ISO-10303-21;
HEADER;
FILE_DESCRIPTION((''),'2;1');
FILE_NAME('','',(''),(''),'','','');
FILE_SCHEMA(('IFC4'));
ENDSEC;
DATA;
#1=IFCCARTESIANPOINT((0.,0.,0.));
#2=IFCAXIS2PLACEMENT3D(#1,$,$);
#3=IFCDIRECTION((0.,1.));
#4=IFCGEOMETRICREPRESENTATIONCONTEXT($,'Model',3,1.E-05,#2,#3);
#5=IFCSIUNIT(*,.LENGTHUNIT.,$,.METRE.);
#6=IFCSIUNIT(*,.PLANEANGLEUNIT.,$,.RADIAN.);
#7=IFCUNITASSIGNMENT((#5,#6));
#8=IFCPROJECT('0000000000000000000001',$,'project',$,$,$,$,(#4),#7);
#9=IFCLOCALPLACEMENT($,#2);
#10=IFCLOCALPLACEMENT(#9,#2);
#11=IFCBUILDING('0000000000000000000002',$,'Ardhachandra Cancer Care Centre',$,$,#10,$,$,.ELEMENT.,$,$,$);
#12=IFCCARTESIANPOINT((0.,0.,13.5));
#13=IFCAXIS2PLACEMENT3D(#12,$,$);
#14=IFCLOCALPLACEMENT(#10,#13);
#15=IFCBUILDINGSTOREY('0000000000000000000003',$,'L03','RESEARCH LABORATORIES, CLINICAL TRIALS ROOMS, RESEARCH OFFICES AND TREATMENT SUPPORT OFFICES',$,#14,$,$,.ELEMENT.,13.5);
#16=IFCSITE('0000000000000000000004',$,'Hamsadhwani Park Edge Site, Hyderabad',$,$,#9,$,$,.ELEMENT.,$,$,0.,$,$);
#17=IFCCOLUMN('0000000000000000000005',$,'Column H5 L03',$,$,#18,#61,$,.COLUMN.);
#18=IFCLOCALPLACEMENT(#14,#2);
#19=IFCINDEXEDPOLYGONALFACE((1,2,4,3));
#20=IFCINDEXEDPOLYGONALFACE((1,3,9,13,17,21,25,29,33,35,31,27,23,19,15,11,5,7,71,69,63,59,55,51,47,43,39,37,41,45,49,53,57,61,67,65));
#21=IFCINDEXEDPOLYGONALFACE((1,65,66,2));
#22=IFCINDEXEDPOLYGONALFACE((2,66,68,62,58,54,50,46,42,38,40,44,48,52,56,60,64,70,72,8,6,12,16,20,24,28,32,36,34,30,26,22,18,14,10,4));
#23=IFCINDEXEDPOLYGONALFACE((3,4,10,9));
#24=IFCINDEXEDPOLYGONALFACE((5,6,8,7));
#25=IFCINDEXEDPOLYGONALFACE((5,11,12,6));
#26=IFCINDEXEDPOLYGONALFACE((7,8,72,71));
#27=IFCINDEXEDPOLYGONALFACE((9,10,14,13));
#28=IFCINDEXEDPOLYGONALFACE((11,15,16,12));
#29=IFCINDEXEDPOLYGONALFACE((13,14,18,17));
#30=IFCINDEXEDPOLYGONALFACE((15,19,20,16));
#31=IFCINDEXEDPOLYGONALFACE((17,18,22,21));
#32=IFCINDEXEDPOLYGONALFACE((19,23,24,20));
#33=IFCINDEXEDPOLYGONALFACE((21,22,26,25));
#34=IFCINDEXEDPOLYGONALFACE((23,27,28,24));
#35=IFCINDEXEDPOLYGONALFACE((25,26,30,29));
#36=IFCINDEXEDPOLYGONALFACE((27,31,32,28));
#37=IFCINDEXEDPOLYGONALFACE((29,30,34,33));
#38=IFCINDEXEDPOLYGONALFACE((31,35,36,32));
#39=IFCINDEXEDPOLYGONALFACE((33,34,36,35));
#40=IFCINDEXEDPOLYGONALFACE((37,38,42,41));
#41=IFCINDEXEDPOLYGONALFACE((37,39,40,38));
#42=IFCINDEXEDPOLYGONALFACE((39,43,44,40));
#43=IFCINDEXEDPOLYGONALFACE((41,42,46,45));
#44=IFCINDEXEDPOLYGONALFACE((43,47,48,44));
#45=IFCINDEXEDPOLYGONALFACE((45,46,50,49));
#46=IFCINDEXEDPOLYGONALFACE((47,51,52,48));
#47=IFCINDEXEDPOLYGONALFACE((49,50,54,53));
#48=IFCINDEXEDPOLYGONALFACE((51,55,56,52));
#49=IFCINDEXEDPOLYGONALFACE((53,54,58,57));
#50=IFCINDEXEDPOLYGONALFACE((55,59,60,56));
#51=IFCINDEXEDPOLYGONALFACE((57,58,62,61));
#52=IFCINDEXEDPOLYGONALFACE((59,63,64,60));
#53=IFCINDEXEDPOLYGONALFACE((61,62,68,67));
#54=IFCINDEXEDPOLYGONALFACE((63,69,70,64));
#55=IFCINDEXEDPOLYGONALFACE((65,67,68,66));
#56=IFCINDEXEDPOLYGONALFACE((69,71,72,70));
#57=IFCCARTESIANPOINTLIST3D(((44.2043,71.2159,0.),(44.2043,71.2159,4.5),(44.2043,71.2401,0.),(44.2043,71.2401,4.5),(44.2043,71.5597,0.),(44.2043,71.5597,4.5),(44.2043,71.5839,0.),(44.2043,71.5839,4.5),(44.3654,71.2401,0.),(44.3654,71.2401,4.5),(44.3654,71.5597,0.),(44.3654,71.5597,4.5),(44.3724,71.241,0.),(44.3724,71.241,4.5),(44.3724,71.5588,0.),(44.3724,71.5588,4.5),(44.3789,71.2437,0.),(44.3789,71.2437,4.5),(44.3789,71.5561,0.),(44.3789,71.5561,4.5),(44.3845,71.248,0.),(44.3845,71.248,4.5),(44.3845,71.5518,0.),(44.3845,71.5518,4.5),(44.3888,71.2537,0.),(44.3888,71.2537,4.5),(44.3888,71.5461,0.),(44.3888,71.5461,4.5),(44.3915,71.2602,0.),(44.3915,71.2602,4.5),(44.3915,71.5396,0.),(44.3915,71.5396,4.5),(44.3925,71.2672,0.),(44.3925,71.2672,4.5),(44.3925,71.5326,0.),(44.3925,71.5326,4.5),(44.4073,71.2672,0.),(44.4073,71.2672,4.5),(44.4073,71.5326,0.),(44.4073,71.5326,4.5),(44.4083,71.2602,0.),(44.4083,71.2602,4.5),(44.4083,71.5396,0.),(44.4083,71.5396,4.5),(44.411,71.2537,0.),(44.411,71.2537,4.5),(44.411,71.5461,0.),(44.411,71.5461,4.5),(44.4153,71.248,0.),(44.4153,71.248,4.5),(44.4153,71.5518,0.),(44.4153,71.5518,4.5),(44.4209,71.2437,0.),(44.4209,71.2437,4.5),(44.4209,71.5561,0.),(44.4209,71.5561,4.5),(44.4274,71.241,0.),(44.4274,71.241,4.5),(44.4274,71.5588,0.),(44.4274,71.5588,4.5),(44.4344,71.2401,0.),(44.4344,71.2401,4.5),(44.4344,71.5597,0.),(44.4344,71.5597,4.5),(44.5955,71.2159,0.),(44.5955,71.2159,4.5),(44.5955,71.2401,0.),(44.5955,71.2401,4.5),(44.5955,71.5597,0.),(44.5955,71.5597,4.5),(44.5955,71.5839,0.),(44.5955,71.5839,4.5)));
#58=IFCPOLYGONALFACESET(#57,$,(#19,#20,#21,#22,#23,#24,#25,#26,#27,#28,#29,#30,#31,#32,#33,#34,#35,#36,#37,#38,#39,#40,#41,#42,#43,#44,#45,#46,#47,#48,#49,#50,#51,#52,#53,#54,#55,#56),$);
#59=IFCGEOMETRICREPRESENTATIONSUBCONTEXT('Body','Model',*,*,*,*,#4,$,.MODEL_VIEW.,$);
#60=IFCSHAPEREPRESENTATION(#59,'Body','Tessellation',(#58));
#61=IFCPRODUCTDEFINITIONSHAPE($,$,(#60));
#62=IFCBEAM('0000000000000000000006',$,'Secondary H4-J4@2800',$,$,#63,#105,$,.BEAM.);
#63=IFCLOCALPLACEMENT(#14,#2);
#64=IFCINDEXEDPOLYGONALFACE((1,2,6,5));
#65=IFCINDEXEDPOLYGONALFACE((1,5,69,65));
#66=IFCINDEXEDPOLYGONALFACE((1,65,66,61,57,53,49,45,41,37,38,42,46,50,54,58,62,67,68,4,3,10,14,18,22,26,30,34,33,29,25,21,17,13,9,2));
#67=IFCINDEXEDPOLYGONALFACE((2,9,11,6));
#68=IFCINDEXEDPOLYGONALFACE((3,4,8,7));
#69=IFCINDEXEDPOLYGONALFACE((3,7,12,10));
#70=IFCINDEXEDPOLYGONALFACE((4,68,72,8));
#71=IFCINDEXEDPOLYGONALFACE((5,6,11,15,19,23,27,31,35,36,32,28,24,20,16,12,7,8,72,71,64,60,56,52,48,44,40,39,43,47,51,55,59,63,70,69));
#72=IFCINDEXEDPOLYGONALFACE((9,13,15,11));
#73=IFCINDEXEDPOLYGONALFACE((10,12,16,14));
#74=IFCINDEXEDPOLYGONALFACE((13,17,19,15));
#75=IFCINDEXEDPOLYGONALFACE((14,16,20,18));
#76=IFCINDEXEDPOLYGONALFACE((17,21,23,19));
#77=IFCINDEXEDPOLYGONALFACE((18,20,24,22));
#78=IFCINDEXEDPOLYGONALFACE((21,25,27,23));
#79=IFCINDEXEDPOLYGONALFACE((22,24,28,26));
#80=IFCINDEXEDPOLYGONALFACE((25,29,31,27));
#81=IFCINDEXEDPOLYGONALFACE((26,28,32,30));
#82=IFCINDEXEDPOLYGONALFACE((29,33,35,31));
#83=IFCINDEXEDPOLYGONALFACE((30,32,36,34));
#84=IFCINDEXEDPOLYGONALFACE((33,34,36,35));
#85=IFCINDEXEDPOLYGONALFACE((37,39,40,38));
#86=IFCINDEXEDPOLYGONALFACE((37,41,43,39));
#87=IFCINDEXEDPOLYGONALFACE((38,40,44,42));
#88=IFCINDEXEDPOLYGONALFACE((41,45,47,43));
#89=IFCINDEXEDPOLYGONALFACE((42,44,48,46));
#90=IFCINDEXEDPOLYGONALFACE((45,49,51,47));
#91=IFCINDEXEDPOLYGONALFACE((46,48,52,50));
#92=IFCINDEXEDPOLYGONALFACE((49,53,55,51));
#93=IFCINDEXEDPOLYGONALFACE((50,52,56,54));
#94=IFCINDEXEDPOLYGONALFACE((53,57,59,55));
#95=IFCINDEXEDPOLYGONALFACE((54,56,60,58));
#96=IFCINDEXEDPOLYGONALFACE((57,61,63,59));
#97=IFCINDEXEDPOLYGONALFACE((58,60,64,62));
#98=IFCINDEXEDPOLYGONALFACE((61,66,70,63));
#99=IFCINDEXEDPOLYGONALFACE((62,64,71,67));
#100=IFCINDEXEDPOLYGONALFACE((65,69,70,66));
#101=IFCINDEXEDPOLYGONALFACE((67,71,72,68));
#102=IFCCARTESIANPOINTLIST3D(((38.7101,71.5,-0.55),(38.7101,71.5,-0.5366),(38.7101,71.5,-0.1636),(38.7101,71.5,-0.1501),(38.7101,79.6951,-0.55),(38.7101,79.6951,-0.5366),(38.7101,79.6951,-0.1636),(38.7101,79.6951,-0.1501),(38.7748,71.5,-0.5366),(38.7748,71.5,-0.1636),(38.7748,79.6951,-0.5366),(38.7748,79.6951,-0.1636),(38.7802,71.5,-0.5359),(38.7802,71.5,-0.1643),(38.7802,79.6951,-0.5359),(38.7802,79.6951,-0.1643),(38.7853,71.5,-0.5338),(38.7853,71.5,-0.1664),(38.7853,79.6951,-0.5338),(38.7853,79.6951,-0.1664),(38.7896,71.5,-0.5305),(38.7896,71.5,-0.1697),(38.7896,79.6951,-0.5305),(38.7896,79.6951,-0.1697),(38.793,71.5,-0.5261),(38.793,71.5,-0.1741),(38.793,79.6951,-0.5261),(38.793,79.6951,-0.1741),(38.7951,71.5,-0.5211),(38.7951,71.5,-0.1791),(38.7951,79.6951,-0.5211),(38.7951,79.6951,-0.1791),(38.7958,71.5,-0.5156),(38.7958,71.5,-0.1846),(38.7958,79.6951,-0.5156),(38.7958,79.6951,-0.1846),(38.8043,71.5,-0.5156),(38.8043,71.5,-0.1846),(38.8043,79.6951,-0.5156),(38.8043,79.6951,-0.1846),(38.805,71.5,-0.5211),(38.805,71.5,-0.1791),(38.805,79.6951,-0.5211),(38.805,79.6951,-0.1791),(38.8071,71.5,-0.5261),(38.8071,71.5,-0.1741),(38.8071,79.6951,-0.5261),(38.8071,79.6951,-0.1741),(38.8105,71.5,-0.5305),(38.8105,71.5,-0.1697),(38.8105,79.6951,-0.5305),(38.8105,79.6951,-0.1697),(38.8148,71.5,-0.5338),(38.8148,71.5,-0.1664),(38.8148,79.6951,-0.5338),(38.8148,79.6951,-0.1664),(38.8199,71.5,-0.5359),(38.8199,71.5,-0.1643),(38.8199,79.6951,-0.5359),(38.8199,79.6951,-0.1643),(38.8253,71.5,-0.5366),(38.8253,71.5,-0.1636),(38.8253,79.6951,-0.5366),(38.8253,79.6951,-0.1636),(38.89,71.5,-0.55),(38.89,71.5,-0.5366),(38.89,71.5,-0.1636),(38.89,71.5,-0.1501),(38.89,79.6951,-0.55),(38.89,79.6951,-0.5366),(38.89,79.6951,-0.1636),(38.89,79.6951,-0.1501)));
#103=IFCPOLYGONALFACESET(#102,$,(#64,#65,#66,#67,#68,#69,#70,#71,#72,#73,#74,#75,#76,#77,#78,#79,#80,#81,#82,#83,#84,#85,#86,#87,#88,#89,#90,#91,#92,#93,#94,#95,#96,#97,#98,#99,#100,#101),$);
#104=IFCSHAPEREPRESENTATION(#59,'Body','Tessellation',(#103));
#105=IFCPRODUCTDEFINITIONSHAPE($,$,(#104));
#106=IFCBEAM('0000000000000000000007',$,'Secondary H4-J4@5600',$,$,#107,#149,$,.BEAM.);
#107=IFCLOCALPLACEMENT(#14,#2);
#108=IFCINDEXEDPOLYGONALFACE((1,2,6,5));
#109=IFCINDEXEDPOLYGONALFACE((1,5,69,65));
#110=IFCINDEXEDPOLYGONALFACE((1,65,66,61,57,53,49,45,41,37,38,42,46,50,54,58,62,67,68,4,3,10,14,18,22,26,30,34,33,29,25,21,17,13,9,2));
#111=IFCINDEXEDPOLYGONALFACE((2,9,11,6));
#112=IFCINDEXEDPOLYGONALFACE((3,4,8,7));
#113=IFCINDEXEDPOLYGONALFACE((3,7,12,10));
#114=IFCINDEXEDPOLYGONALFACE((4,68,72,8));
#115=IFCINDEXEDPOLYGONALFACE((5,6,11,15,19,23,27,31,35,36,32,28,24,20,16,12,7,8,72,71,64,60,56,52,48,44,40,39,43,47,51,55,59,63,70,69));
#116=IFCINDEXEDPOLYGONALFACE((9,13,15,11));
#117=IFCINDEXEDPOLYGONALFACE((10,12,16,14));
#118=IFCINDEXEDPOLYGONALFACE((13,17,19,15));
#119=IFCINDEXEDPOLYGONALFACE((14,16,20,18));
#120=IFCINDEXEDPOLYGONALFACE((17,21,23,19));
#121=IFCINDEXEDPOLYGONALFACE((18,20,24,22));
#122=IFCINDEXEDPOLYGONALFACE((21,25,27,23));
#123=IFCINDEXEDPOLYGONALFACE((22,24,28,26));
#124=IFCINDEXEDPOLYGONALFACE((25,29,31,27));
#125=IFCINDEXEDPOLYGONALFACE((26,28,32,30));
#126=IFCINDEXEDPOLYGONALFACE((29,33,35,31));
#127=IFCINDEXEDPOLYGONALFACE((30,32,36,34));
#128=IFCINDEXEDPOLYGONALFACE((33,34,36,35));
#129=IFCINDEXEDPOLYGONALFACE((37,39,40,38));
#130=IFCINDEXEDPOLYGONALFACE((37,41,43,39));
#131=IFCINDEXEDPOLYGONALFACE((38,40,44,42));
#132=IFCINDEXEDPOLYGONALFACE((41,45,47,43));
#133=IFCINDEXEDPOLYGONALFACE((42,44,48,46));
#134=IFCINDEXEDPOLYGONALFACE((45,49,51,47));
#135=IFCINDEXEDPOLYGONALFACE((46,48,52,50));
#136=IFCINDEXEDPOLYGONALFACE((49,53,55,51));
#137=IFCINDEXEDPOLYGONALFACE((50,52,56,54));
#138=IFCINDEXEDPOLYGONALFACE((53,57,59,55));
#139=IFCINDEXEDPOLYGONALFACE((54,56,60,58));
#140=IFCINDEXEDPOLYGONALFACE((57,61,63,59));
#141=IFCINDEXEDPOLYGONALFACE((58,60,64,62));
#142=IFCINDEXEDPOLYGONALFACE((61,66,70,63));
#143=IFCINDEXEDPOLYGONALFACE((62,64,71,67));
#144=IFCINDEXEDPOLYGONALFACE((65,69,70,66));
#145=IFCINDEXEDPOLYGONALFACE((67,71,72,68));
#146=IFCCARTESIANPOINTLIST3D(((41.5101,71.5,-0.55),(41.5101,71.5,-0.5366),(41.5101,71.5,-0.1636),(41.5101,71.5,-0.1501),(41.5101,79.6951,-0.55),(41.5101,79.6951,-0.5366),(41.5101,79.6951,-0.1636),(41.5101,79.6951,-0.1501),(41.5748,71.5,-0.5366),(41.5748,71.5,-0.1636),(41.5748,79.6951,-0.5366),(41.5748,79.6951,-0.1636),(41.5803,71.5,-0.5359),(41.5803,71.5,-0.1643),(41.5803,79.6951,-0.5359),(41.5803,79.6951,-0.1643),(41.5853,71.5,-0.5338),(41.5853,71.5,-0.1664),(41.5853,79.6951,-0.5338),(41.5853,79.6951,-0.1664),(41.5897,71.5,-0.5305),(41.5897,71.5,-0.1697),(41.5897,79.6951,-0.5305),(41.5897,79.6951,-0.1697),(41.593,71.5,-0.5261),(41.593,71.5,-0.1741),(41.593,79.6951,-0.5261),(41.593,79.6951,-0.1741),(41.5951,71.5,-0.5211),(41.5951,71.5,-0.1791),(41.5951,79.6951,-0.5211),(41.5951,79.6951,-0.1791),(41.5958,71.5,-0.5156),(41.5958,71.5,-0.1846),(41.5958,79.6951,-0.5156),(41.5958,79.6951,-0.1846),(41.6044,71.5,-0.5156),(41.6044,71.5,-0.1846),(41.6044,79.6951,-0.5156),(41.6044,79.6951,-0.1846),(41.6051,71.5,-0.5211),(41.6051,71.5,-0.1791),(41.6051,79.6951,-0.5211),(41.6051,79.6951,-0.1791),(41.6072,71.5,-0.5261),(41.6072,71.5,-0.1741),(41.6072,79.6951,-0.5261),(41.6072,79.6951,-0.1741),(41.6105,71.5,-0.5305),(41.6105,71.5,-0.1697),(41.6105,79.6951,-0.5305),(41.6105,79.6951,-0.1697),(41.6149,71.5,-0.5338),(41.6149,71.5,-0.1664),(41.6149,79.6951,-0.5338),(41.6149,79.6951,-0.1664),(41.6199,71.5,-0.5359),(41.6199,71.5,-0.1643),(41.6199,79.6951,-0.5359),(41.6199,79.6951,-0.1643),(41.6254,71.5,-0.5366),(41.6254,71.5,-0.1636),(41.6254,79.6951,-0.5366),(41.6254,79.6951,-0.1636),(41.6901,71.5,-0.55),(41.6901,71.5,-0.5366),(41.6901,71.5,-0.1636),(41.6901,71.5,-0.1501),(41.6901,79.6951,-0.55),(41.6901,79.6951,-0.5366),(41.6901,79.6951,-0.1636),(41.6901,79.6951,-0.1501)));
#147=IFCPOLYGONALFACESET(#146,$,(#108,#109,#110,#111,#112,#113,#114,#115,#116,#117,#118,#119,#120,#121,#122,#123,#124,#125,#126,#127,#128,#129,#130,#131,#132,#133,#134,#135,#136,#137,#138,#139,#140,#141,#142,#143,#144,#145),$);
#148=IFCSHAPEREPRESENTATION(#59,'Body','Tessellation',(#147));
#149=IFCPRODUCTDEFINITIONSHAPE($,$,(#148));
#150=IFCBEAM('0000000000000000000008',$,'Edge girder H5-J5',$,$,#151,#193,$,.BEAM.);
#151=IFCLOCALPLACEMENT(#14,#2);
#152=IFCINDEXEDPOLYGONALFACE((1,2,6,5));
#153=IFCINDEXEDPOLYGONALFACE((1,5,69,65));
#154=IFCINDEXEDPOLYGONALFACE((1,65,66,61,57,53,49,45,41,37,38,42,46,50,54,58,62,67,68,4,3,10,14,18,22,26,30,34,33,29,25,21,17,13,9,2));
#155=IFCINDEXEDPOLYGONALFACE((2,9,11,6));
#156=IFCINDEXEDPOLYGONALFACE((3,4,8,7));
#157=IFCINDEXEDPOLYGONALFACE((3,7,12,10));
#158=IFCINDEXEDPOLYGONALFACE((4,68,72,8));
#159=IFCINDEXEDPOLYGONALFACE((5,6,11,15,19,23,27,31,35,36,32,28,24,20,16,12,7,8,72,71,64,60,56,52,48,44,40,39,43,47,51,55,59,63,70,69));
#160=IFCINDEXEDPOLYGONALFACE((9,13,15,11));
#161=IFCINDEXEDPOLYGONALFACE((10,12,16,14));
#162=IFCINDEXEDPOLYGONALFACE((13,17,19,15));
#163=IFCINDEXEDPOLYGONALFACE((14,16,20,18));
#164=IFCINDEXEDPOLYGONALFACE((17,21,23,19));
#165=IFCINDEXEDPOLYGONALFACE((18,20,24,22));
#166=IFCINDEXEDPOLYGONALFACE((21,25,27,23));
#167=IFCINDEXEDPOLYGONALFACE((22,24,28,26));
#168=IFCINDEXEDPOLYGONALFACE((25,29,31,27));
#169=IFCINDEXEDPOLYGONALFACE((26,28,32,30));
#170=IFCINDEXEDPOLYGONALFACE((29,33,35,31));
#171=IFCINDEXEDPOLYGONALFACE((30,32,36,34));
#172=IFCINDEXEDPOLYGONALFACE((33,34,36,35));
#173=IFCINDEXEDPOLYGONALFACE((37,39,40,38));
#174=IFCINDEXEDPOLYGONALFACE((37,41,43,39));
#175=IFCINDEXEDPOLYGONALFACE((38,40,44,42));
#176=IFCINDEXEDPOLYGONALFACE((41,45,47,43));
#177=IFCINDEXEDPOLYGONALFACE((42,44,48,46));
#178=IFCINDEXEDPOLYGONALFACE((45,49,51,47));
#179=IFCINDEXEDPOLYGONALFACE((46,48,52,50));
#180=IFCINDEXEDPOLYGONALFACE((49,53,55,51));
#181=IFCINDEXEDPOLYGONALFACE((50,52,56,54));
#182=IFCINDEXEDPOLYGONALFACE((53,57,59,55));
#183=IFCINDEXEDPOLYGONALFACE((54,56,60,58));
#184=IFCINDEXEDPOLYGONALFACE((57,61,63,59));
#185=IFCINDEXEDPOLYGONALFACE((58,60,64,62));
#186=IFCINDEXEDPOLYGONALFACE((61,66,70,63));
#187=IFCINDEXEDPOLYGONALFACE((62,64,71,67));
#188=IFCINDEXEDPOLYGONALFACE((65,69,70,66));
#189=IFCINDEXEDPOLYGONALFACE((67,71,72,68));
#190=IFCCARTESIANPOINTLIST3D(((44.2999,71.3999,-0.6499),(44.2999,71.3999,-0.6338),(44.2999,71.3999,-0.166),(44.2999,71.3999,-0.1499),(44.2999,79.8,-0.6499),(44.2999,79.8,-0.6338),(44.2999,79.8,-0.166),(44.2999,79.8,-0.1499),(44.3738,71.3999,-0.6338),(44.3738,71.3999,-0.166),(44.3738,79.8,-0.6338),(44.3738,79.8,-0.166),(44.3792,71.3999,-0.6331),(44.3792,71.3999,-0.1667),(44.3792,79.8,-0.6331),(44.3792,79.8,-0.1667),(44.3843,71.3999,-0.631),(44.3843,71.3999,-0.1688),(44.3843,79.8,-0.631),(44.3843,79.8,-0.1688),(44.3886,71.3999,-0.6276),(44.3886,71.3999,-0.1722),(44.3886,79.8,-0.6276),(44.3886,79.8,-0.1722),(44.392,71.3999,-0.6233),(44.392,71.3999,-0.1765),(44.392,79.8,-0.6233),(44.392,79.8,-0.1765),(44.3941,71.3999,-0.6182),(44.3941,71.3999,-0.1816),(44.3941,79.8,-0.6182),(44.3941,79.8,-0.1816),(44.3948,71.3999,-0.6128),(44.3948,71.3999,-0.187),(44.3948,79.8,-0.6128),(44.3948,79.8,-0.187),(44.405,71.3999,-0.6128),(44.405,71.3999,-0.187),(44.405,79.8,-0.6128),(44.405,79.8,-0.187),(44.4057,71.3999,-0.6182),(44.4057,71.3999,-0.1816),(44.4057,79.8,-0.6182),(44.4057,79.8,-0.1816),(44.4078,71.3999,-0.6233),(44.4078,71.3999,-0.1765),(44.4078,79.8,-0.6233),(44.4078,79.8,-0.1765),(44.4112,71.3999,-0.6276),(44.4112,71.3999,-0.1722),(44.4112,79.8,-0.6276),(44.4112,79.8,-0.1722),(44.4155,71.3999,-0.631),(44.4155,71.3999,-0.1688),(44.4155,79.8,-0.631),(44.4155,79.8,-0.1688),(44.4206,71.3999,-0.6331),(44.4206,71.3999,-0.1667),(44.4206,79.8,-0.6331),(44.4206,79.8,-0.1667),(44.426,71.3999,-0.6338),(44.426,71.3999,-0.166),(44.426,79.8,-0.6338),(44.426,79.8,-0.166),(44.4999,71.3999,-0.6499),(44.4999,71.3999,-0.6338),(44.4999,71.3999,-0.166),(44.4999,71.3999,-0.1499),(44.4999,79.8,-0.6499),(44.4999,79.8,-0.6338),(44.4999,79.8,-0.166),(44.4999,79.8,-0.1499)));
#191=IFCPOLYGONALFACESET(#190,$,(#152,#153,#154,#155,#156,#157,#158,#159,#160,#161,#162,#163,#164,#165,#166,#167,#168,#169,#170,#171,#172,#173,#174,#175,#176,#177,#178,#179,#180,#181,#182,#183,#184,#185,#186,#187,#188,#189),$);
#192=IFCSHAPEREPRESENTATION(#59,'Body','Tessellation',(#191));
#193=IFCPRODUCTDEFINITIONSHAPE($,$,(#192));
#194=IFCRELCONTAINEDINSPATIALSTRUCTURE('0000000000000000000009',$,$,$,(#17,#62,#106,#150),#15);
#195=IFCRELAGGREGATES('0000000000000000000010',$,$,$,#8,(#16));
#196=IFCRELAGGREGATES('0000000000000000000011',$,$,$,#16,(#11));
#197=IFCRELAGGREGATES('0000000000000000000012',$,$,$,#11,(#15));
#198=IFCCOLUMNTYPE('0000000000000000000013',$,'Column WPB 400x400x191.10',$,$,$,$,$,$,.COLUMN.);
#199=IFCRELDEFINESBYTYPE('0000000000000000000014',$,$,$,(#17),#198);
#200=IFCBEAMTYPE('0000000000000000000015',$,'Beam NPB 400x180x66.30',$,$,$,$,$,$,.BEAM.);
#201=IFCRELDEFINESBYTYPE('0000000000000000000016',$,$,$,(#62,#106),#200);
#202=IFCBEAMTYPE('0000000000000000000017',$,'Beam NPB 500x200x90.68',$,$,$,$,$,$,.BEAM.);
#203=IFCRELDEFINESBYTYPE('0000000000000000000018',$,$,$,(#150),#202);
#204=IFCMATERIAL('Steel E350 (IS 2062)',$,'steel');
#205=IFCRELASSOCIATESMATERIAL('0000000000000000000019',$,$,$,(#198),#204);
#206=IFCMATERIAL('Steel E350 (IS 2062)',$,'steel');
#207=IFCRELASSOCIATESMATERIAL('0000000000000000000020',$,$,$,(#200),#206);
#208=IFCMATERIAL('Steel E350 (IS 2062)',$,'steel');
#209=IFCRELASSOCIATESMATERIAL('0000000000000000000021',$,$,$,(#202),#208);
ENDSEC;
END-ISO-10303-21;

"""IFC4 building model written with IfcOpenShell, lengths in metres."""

from ifc_helpers import new_model, si_unit, direction, frame, origin, origin_2d, place, context, subcontext, project, spatial, i_section, extrude, material, material_profile, profile_set, type_object, element, save


model = new_model("IFC4")

# Units and contexts
model_context = context("Model", 3, precision=1e-05, world=origin(), true_north=direction((0.0, 1.0)))
body_context = subcontext(model_context, "Body", "Model", "MODEL_VIEW")
ifc_project = project(units=[si_unit("LENGTHUNIT", "METRE"), si_unit("PLANEANGLEUNIT", "RADIAN")], contexts=[model_context])

# Site, building, storey
site_placement = place(None, origin())
site = spatial("IfcSite", under=ifc_project, at=site_placement, Name="Hamsadhwani Park Edge Site, Hyderabad", CompositionType="ELEMENT", RefElevation=0.0)
building_placement = place(site_placement, origin())
building = spatial("IfcBuilding", under=site, at=building_placement, Name="Ardhachandra Cancer Care Centre", CompositionType="ELEMENT")
storey_placement = place(building_placement, frame((0.0, 0.0, 13.5)))
storey = spatial("IfcBuildingStorey", under=building, at=storey_placement, Name="L03", Description="RESEARCH LABORATORIES, CLINICAL TRIALS ROOMS, RESEARCH OFFICES AND TREATMENT SUPPORT OFFICES", CompositionType="ELEMENT", Elevation=13.5)

# Column
ifc_material_1 = material(Name="Steel E350 (IS 2062)", Category="steel")
ifc_material_profile_1 = material_profile(ifc_material_1, i_section(OverallWidth=0.3911, OverallDepth=0.3679, WebThickness=0.0149, FlangeThickness=0.0242, FilletRadius=0.0271, at=origin_2d()), Name="WPB 400x400x191.10")
ifc_profile_set_1 = profile_set([ifc_material_profile_1], Name="Steel E350 (IS 2062)")
column_type = type_object("IfcColumnType", Name="Column WPB 400x400x191.10", PredefinedType="COLUMN", material=ifc_profile_set_1)
column_placement = place(storey_placement, frame((44.3999, 71.3999, 0.0), z_axis=(0.0, 0.0, 1.0), x_axis=(1.0, 0.0, 0.0)))
element("IfcColumn", 1, at=column_placement, inside=storey, type_object=column_type, Name="Column H5 L03", PredefinedType="COLUMN", context=body_context, shape_type="SweptSolid", body=[
    extrude(i_section(OverallWidth=0.3911, OverallDepth=0.3679, WebThickness=0.0149, FlangeThickness=0.0242, FilletRadius=0.0271, at=origin_2d()), origin(), (0.0, 0.0, 1.0), 4.5),
])

# Beams
ifc_material_2 = material(Name="Steel E350 (IS 2062)", Category="steel")
ifc_material_profile_2 = material_profile(ifc_material_2, i_section(OverallWidth=0.1799, OverallDepth=0.3999, WebThickness=0.0085, FlangeThickness=0.0134, FilletRadius=0.021, at=origin_2d()), Name="NPB 400x180x66.30")
ifc_profile_set_2 = profile_set([ifc_material_profile_2], Name="Steel E350 (IS 2062)")
beam_type_1 = type_object("IfcBeamType", Name="Beam NPB 400x180x66.30", PredefinedType="BEAM", material=ifc_profile_set_2)
for number, where, z_axis, x_axis, name in (
    (2, (38.8, 71.5, -0.3501), (0.0, 1.0, 0.0), (-1.0, 0.0, 0.0), "Secondary H4-J4@2800"),
    (3, (41.6001, 71.5, -0.3501), (0.0, 1.0, 0.0), (-1.0, 0.0, 0.0), "Secondary H4-J4@5600"),
):
    element("IfcBeam", number, at=place(storey_placement, frame(where, z_axis=z_axis, x_axis=x_axis)), inside=storey, type_object=beam_type_1, Name=name, PredefinedType="BEAM", context=body_context, shape_type="SweptSolid", body=[
        extrude(i_section(OverallWidth=0.1799, OverallDepth=0.3999, WebThickness=0.0085, FlangeThickness=0.0134, FilletRadius=0.021, at=origin_2d()), origin(), (0.0, 0.0, 1.0), 8.1951),
    ])
ifc_material_3 = material(Name="Steel E350 (IS 2062)", Category="steel")
ifc_material_profile_3 = material_profile(ifc_material_3, i_section(OverallWidth=0.2, OverallDepth=0.5, WebThickness=0.0103, FlangeThickness=0.0161, FilletRadius=0.021, at=origin_2d()), Name="NPB 500x200x90.68")
ifc_profile_set_3 = profile_set([ifc_material_profile_3], Name="Steel E350 (IS 2062)")
beam_type_2 = type_object("IfcBeamType", Name="Beam NPB 500x200x90.68", PredefinedType="BEAM", material=ifc_profile_set_3)
beam_placement = place(storey_placement, frame((44.3999, 71.3999, -0.3999), z_axis=(0.0, 1.0, 0.0), x_axis=(-1.0, 0.0, 0.0)))
element("IfcBeam", 4, at=beam_placement, inside=storey, type_object=beam_type_2, Name="Edge girder H5-J5", PredefinedType="BEAM", context=body_context, shape_type="SweptSolid", body=[
    extrude(i_section(OverallWidth=0.2, OverallDepth=0.5, WebThickness=0.0103, FlangeThickness=0.0161, FilletRadius=0.021, at=origin_2d()), origin(), (0.0, 0.0, 1.0), 8.4001),
])

save(model, "model.ifc")
